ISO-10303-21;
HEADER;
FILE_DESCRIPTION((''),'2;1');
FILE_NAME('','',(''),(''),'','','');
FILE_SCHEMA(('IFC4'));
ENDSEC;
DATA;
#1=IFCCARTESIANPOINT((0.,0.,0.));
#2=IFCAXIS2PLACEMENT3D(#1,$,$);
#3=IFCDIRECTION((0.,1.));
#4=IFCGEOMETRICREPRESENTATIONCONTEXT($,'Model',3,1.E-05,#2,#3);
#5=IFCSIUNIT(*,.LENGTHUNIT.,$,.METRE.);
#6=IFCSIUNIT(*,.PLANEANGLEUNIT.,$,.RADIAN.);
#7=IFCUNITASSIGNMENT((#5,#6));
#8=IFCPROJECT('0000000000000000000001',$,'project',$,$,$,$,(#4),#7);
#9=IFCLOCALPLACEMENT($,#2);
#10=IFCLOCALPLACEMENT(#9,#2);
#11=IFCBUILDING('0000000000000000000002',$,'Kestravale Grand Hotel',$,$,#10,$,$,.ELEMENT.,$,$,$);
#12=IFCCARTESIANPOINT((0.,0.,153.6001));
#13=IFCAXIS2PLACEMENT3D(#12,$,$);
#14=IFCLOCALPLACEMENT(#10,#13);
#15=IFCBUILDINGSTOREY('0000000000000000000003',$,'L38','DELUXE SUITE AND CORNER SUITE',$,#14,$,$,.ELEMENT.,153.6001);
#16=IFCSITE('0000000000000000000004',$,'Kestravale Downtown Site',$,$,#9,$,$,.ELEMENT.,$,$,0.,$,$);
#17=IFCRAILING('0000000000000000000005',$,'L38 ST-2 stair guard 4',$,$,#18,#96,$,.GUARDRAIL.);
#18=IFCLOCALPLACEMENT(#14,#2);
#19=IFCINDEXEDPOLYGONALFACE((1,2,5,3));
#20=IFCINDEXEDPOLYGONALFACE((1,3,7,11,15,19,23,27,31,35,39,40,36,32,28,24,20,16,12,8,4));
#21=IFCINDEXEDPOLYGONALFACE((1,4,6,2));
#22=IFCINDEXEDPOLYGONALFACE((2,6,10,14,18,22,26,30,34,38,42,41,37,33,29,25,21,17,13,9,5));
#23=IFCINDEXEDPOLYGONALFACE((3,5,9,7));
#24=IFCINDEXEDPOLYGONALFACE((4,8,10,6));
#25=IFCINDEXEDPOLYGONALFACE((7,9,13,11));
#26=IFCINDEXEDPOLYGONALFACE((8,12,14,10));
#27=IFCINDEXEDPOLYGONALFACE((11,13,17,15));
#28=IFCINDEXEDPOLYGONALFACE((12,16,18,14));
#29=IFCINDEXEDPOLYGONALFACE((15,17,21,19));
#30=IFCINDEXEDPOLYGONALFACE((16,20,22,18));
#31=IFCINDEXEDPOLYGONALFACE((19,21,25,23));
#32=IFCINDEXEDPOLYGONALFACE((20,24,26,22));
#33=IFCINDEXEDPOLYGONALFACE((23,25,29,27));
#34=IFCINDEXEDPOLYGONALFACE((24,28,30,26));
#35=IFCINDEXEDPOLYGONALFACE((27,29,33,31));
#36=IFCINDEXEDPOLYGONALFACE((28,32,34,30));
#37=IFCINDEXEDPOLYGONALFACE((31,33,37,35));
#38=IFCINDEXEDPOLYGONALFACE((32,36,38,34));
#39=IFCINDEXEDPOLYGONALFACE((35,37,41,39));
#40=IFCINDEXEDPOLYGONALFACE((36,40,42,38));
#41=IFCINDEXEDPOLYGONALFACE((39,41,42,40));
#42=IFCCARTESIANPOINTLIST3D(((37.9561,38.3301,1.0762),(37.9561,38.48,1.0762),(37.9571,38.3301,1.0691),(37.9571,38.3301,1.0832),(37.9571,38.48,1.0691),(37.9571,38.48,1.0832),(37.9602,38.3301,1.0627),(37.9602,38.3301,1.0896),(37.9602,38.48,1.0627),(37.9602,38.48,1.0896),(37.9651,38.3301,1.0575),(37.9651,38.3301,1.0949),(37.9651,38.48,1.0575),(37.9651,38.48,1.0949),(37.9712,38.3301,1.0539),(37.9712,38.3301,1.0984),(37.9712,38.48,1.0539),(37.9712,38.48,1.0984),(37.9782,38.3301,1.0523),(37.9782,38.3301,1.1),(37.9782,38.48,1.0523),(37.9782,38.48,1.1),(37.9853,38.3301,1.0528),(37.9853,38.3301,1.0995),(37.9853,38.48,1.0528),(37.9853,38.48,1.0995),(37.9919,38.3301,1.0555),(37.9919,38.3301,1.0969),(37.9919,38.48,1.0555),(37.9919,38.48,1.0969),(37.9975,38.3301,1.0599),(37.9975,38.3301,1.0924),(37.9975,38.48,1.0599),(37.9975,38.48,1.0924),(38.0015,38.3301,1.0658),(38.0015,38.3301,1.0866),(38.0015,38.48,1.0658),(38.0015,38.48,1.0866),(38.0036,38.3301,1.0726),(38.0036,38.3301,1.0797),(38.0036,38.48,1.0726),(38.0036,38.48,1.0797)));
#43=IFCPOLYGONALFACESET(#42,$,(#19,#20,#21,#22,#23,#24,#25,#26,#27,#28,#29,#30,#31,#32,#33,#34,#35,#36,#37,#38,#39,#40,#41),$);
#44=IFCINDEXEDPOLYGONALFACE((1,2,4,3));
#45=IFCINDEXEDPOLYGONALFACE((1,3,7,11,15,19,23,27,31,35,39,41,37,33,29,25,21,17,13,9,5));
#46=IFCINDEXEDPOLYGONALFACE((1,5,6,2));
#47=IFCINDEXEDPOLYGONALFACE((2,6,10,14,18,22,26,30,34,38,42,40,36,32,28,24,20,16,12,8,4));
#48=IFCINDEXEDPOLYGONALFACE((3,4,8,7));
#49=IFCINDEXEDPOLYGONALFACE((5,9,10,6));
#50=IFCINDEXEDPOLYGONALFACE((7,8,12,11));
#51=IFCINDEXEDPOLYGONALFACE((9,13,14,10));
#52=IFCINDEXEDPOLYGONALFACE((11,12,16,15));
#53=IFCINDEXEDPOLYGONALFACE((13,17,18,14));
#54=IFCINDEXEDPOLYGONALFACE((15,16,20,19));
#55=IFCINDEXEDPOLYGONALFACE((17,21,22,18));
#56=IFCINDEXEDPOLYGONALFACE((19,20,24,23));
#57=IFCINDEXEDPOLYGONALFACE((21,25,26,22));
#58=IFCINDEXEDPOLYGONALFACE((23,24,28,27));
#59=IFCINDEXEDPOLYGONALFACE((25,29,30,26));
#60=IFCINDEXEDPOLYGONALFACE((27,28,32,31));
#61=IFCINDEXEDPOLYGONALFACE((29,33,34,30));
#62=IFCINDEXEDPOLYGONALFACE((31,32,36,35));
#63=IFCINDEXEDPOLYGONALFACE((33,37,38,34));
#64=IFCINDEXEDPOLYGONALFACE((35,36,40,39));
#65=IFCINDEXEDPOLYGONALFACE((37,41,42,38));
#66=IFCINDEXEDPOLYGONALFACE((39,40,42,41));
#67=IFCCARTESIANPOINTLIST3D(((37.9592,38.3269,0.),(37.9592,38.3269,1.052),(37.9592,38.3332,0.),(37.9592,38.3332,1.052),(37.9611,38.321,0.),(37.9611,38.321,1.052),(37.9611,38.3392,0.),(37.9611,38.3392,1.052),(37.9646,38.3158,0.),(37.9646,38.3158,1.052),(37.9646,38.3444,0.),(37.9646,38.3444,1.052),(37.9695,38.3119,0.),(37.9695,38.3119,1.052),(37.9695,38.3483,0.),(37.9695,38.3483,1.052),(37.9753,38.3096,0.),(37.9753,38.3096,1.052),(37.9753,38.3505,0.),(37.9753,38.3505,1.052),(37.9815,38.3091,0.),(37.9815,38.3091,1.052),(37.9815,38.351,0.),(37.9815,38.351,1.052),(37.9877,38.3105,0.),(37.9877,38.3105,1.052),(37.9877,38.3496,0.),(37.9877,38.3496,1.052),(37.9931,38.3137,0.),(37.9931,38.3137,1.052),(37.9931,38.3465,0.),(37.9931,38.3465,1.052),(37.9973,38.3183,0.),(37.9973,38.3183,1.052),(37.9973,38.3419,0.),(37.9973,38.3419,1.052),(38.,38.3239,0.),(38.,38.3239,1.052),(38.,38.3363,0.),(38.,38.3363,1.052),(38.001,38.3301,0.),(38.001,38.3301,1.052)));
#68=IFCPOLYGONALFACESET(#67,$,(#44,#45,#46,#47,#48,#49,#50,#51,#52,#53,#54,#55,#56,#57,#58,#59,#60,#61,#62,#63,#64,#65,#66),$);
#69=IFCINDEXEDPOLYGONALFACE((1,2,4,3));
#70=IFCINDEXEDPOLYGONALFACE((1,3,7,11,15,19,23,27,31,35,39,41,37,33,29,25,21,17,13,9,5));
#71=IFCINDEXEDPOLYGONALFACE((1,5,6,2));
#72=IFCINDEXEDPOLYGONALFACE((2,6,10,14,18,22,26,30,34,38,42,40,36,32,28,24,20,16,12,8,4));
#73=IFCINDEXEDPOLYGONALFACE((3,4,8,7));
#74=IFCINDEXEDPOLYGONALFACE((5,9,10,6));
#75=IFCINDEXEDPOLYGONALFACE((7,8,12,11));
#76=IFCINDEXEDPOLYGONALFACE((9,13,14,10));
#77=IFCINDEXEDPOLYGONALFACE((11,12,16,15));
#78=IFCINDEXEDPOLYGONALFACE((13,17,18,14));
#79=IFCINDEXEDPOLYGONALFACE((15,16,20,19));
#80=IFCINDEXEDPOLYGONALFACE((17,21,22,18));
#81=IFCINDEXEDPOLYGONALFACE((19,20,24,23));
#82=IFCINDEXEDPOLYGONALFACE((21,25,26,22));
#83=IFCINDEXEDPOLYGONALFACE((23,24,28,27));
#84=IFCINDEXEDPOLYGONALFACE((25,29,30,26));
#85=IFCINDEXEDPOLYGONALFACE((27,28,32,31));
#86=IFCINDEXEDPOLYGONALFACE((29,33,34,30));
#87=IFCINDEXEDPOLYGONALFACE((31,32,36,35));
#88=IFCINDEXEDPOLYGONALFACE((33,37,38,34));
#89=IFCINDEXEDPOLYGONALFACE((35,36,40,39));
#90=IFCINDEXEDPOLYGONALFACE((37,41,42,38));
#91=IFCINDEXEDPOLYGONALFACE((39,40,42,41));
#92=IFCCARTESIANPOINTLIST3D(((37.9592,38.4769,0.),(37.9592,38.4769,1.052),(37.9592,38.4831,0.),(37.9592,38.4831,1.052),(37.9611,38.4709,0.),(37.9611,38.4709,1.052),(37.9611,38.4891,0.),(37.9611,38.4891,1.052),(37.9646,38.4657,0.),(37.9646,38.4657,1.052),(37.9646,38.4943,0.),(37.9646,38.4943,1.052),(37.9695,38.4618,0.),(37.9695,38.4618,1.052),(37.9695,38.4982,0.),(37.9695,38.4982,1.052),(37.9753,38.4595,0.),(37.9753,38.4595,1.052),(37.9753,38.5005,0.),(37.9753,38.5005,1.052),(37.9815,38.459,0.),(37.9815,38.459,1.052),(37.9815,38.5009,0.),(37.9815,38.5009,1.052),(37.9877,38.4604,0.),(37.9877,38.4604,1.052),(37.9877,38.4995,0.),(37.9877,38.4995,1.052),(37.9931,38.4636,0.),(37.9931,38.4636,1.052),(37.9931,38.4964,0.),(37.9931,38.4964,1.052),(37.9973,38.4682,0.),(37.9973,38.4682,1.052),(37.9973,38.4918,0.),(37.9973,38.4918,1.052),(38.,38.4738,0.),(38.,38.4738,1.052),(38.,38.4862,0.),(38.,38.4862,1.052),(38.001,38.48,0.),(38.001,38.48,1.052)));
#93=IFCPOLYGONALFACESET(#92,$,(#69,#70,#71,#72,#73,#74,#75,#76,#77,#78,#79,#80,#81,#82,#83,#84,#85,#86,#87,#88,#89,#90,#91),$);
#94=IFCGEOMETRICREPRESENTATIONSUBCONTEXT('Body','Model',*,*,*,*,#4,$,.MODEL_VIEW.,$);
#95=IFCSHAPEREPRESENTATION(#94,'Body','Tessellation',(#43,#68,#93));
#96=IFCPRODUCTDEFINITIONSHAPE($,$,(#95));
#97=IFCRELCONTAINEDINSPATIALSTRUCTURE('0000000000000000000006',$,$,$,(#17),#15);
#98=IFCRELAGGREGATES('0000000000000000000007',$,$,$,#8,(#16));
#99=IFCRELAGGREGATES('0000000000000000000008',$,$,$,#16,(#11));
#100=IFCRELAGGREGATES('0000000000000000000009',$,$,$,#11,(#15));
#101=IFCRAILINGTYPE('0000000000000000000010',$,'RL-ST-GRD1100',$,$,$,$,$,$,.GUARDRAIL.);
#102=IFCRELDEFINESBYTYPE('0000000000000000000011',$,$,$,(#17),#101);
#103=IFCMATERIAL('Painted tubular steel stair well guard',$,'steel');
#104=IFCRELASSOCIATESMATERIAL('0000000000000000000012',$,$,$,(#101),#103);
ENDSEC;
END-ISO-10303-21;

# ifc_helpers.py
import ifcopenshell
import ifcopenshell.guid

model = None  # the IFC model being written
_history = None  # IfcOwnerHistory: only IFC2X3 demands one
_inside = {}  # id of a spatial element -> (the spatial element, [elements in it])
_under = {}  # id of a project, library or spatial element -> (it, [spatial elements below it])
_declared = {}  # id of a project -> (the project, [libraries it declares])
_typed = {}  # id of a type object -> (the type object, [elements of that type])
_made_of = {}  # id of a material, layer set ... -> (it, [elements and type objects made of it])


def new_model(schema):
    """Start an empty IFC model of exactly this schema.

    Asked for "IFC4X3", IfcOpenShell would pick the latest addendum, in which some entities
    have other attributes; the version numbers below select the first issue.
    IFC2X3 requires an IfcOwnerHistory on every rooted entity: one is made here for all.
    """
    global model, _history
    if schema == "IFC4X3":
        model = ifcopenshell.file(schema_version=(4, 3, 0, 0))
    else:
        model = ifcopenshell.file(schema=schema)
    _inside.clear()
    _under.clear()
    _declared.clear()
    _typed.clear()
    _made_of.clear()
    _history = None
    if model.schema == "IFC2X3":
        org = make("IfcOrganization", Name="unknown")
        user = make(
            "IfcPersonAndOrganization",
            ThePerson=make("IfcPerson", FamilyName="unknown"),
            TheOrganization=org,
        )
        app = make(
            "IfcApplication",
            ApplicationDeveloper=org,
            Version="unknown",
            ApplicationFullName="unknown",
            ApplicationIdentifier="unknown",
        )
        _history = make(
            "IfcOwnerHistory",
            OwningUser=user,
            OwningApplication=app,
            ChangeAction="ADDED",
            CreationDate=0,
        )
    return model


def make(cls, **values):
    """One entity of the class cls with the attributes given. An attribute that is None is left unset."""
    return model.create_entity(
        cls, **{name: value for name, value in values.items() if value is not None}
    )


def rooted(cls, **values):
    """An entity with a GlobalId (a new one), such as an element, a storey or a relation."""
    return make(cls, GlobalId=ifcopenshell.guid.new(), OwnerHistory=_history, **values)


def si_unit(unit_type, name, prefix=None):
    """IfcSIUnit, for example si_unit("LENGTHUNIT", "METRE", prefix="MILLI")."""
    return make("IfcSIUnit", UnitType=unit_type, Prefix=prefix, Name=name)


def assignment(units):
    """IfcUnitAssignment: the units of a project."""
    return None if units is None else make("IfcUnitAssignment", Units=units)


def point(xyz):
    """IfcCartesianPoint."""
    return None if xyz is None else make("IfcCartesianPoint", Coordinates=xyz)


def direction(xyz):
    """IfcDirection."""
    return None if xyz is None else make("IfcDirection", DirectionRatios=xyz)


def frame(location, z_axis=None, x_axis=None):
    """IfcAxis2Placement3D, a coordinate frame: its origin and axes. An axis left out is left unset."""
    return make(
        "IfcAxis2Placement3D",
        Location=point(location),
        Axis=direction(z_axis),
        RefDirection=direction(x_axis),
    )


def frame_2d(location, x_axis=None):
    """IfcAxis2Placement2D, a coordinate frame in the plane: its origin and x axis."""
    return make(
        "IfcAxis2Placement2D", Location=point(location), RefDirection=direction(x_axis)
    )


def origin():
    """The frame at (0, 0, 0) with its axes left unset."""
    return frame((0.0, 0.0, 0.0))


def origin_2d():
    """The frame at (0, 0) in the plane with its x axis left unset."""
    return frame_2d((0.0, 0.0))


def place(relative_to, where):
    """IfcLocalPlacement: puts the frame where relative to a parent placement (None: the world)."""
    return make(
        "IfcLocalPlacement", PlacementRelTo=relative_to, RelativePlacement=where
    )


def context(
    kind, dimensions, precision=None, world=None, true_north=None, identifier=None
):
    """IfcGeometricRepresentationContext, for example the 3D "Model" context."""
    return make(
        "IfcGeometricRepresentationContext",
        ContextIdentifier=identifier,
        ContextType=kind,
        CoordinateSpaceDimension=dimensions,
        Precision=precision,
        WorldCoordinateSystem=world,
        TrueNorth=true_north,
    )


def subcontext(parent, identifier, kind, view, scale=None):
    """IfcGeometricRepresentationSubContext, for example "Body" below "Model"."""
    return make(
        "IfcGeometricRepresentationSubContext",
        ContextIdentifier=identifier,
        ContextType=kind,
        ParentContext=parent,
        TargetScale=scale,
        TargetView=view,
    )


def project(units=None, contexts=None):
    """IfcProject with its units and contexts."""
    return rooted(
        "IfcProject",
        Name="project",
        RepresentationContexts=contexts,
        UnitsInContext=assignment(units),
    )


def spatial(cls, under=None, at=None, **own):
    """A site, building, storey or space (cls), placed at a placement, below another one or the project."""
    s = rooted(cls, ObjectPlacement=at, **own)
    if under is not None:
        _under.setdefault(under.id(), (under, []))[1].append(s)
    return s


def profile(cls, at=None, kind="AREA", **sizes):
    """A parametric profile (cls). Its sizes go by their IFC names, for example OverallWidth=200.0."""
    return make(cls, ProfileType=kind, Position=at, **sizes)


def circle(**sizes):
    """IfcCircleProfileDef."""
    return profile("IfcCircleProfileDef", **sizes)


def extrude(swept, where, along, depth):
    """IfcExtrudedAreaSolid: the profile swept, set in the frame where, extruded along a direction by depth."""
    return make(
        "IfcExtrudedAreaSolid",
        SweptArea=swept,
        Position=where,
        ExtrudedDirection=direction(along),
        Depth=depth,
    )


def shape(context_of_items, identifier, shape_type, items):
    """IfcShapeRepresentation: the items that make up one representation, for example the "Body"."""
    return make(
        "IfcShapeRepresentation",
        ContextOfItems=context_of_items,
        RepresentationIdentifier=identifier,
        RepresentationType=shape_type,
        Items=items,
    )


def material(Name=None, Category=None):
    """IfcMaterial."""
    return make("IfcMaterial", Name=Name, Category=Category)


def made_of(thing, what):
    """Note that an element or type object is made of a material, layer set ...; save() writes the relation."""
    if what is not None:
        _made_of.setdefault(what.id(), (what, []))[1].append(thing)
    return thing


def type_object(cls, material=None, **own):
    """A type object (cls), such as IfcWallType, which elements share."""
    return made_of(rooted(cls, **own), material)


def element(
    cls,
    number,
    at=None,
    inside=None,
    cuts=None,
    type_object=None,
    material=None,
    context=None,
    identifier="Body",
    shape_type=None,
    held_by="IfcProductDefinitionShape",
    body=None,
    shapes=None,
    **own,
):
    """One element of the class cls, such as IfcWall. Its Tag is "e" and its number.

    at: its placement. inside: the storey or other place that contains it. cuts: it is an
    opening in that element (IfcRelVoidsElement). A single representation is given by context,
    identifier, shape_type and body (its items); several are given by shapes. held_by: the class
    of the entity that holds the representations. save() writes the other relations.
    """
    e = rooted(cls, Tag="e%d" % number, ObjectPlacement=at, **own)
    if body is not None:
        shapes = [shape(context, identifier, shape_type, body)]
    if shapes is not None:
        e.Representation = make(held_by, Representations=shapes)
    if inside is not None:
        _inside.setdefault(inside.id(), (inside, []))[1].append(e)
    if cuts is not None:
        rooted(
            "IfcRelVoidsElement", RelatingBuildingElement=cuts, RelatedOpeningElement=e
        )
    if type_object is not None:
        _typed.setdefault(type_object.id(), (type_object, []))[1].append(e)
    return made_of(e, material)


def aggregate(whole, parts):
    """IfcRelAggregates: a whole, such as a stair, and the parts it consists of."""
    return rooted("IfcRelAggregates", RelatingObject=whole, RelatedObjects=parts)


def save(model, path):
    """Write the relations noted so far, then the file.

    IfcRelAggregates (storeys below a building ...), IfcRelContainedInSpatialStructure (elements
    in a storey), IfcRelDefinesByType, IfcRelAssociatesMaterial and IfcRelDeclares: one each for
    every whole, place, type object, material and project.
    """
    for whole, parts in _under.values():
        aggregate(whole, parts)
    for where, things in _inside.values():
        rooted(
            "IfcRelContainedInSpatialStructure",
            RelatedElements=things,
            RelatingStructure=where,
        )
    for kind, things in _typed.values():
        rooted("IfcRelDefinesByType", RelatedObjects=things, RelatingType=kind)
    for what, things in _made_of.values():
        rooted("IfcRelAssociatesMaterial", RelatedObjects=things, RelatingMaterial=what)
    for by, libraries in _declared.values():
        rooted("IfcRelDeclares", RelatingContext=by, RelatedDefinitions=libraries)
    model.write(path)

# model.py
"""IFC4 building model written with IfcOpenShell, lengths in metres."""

from ifc_helpers import new_model, si_unit, direction, frame, origin, origin_2d, place, context, subcontext, project, spatial, circle, extrude, material, type_object, element, save


model = new_model("IFC4")

# Units and contexts
model_context = context("Model", 3, precision=1e-05, world=origin(), true_north=direction((0.0, 1.0)))
body_context = subcontext(model_context, "Body", "Model", "MODEL_VIEW")
ifc_project = project(units=[si_unit("LENGTHUNIT", "METRE"), si_unit("PLANEANGLEUNIT", "RADIAN")], contexts=[model_context])

# Site, building, storey
site_placement = place(None, origin())
site = spatial("IfcSite", under=ifc_project, at=site_placement, Name="Kestravale Downtown Site", CompositionType="ELEMENT", RefElevation=0.0)
building_placement = place(site_placement, origin())
building = spatial("IfcBuilding", under=site, at=building_placement, Name="Kestravale Grand Hotel", CompositionType="ELEMENT")
storey_placement = place(building_placement, frame((0.0, 0.0, 153.6001)))
storey = spatial("IfcBuildingStorey", under=building, at=storey_placement, Name="L38", Description="DELUXE SUITE AND CORNER SUITE", CompositionType="ELEMENT", Elevation=153.6001)

# Railing
ifc_material_1 = material(Name="Painted tubular steel stair well guard", Category="steel")
railing_type_1 = type_object("IfcRailingType", Name="RL-ST-GRD1100", PredefinedType="GUARDRAIL", material=ifc_material_1)
railing_1_placement = place(storey_placement, frame((37.98, 38.3301, 0.0)))
element("IfcRailing", 1, at=railing_1_placement, inside=storey, type_object=railing_type_1, Name="L38 ST-2 stair guard 4", PredefinedType="GUARDRAIL", context=body_context, shape_type="SweptSolid", body=[
    extrude(circle(Radius=0.0239, at=origin_2d()), frame((0.0, 0.0, 1.0762), z_axis=(0.0, 1.0, 0.0), x_axis=(-1.0, 0.0, 0.0)), (0.0, 0.0, 1.0), 0.1499),
    extrude(circle(Radius=0.021, at=origin_2d()), origin(), (0.0, 0.0, 1.0), 1.052),
    extrude(circle(Radius=0.021, at=origin_2d()), frame((0.0, 0.1499, 0.0)), (0.0, 0.0, 1.0), 1.052),
])

save(model, "model.ifc")
